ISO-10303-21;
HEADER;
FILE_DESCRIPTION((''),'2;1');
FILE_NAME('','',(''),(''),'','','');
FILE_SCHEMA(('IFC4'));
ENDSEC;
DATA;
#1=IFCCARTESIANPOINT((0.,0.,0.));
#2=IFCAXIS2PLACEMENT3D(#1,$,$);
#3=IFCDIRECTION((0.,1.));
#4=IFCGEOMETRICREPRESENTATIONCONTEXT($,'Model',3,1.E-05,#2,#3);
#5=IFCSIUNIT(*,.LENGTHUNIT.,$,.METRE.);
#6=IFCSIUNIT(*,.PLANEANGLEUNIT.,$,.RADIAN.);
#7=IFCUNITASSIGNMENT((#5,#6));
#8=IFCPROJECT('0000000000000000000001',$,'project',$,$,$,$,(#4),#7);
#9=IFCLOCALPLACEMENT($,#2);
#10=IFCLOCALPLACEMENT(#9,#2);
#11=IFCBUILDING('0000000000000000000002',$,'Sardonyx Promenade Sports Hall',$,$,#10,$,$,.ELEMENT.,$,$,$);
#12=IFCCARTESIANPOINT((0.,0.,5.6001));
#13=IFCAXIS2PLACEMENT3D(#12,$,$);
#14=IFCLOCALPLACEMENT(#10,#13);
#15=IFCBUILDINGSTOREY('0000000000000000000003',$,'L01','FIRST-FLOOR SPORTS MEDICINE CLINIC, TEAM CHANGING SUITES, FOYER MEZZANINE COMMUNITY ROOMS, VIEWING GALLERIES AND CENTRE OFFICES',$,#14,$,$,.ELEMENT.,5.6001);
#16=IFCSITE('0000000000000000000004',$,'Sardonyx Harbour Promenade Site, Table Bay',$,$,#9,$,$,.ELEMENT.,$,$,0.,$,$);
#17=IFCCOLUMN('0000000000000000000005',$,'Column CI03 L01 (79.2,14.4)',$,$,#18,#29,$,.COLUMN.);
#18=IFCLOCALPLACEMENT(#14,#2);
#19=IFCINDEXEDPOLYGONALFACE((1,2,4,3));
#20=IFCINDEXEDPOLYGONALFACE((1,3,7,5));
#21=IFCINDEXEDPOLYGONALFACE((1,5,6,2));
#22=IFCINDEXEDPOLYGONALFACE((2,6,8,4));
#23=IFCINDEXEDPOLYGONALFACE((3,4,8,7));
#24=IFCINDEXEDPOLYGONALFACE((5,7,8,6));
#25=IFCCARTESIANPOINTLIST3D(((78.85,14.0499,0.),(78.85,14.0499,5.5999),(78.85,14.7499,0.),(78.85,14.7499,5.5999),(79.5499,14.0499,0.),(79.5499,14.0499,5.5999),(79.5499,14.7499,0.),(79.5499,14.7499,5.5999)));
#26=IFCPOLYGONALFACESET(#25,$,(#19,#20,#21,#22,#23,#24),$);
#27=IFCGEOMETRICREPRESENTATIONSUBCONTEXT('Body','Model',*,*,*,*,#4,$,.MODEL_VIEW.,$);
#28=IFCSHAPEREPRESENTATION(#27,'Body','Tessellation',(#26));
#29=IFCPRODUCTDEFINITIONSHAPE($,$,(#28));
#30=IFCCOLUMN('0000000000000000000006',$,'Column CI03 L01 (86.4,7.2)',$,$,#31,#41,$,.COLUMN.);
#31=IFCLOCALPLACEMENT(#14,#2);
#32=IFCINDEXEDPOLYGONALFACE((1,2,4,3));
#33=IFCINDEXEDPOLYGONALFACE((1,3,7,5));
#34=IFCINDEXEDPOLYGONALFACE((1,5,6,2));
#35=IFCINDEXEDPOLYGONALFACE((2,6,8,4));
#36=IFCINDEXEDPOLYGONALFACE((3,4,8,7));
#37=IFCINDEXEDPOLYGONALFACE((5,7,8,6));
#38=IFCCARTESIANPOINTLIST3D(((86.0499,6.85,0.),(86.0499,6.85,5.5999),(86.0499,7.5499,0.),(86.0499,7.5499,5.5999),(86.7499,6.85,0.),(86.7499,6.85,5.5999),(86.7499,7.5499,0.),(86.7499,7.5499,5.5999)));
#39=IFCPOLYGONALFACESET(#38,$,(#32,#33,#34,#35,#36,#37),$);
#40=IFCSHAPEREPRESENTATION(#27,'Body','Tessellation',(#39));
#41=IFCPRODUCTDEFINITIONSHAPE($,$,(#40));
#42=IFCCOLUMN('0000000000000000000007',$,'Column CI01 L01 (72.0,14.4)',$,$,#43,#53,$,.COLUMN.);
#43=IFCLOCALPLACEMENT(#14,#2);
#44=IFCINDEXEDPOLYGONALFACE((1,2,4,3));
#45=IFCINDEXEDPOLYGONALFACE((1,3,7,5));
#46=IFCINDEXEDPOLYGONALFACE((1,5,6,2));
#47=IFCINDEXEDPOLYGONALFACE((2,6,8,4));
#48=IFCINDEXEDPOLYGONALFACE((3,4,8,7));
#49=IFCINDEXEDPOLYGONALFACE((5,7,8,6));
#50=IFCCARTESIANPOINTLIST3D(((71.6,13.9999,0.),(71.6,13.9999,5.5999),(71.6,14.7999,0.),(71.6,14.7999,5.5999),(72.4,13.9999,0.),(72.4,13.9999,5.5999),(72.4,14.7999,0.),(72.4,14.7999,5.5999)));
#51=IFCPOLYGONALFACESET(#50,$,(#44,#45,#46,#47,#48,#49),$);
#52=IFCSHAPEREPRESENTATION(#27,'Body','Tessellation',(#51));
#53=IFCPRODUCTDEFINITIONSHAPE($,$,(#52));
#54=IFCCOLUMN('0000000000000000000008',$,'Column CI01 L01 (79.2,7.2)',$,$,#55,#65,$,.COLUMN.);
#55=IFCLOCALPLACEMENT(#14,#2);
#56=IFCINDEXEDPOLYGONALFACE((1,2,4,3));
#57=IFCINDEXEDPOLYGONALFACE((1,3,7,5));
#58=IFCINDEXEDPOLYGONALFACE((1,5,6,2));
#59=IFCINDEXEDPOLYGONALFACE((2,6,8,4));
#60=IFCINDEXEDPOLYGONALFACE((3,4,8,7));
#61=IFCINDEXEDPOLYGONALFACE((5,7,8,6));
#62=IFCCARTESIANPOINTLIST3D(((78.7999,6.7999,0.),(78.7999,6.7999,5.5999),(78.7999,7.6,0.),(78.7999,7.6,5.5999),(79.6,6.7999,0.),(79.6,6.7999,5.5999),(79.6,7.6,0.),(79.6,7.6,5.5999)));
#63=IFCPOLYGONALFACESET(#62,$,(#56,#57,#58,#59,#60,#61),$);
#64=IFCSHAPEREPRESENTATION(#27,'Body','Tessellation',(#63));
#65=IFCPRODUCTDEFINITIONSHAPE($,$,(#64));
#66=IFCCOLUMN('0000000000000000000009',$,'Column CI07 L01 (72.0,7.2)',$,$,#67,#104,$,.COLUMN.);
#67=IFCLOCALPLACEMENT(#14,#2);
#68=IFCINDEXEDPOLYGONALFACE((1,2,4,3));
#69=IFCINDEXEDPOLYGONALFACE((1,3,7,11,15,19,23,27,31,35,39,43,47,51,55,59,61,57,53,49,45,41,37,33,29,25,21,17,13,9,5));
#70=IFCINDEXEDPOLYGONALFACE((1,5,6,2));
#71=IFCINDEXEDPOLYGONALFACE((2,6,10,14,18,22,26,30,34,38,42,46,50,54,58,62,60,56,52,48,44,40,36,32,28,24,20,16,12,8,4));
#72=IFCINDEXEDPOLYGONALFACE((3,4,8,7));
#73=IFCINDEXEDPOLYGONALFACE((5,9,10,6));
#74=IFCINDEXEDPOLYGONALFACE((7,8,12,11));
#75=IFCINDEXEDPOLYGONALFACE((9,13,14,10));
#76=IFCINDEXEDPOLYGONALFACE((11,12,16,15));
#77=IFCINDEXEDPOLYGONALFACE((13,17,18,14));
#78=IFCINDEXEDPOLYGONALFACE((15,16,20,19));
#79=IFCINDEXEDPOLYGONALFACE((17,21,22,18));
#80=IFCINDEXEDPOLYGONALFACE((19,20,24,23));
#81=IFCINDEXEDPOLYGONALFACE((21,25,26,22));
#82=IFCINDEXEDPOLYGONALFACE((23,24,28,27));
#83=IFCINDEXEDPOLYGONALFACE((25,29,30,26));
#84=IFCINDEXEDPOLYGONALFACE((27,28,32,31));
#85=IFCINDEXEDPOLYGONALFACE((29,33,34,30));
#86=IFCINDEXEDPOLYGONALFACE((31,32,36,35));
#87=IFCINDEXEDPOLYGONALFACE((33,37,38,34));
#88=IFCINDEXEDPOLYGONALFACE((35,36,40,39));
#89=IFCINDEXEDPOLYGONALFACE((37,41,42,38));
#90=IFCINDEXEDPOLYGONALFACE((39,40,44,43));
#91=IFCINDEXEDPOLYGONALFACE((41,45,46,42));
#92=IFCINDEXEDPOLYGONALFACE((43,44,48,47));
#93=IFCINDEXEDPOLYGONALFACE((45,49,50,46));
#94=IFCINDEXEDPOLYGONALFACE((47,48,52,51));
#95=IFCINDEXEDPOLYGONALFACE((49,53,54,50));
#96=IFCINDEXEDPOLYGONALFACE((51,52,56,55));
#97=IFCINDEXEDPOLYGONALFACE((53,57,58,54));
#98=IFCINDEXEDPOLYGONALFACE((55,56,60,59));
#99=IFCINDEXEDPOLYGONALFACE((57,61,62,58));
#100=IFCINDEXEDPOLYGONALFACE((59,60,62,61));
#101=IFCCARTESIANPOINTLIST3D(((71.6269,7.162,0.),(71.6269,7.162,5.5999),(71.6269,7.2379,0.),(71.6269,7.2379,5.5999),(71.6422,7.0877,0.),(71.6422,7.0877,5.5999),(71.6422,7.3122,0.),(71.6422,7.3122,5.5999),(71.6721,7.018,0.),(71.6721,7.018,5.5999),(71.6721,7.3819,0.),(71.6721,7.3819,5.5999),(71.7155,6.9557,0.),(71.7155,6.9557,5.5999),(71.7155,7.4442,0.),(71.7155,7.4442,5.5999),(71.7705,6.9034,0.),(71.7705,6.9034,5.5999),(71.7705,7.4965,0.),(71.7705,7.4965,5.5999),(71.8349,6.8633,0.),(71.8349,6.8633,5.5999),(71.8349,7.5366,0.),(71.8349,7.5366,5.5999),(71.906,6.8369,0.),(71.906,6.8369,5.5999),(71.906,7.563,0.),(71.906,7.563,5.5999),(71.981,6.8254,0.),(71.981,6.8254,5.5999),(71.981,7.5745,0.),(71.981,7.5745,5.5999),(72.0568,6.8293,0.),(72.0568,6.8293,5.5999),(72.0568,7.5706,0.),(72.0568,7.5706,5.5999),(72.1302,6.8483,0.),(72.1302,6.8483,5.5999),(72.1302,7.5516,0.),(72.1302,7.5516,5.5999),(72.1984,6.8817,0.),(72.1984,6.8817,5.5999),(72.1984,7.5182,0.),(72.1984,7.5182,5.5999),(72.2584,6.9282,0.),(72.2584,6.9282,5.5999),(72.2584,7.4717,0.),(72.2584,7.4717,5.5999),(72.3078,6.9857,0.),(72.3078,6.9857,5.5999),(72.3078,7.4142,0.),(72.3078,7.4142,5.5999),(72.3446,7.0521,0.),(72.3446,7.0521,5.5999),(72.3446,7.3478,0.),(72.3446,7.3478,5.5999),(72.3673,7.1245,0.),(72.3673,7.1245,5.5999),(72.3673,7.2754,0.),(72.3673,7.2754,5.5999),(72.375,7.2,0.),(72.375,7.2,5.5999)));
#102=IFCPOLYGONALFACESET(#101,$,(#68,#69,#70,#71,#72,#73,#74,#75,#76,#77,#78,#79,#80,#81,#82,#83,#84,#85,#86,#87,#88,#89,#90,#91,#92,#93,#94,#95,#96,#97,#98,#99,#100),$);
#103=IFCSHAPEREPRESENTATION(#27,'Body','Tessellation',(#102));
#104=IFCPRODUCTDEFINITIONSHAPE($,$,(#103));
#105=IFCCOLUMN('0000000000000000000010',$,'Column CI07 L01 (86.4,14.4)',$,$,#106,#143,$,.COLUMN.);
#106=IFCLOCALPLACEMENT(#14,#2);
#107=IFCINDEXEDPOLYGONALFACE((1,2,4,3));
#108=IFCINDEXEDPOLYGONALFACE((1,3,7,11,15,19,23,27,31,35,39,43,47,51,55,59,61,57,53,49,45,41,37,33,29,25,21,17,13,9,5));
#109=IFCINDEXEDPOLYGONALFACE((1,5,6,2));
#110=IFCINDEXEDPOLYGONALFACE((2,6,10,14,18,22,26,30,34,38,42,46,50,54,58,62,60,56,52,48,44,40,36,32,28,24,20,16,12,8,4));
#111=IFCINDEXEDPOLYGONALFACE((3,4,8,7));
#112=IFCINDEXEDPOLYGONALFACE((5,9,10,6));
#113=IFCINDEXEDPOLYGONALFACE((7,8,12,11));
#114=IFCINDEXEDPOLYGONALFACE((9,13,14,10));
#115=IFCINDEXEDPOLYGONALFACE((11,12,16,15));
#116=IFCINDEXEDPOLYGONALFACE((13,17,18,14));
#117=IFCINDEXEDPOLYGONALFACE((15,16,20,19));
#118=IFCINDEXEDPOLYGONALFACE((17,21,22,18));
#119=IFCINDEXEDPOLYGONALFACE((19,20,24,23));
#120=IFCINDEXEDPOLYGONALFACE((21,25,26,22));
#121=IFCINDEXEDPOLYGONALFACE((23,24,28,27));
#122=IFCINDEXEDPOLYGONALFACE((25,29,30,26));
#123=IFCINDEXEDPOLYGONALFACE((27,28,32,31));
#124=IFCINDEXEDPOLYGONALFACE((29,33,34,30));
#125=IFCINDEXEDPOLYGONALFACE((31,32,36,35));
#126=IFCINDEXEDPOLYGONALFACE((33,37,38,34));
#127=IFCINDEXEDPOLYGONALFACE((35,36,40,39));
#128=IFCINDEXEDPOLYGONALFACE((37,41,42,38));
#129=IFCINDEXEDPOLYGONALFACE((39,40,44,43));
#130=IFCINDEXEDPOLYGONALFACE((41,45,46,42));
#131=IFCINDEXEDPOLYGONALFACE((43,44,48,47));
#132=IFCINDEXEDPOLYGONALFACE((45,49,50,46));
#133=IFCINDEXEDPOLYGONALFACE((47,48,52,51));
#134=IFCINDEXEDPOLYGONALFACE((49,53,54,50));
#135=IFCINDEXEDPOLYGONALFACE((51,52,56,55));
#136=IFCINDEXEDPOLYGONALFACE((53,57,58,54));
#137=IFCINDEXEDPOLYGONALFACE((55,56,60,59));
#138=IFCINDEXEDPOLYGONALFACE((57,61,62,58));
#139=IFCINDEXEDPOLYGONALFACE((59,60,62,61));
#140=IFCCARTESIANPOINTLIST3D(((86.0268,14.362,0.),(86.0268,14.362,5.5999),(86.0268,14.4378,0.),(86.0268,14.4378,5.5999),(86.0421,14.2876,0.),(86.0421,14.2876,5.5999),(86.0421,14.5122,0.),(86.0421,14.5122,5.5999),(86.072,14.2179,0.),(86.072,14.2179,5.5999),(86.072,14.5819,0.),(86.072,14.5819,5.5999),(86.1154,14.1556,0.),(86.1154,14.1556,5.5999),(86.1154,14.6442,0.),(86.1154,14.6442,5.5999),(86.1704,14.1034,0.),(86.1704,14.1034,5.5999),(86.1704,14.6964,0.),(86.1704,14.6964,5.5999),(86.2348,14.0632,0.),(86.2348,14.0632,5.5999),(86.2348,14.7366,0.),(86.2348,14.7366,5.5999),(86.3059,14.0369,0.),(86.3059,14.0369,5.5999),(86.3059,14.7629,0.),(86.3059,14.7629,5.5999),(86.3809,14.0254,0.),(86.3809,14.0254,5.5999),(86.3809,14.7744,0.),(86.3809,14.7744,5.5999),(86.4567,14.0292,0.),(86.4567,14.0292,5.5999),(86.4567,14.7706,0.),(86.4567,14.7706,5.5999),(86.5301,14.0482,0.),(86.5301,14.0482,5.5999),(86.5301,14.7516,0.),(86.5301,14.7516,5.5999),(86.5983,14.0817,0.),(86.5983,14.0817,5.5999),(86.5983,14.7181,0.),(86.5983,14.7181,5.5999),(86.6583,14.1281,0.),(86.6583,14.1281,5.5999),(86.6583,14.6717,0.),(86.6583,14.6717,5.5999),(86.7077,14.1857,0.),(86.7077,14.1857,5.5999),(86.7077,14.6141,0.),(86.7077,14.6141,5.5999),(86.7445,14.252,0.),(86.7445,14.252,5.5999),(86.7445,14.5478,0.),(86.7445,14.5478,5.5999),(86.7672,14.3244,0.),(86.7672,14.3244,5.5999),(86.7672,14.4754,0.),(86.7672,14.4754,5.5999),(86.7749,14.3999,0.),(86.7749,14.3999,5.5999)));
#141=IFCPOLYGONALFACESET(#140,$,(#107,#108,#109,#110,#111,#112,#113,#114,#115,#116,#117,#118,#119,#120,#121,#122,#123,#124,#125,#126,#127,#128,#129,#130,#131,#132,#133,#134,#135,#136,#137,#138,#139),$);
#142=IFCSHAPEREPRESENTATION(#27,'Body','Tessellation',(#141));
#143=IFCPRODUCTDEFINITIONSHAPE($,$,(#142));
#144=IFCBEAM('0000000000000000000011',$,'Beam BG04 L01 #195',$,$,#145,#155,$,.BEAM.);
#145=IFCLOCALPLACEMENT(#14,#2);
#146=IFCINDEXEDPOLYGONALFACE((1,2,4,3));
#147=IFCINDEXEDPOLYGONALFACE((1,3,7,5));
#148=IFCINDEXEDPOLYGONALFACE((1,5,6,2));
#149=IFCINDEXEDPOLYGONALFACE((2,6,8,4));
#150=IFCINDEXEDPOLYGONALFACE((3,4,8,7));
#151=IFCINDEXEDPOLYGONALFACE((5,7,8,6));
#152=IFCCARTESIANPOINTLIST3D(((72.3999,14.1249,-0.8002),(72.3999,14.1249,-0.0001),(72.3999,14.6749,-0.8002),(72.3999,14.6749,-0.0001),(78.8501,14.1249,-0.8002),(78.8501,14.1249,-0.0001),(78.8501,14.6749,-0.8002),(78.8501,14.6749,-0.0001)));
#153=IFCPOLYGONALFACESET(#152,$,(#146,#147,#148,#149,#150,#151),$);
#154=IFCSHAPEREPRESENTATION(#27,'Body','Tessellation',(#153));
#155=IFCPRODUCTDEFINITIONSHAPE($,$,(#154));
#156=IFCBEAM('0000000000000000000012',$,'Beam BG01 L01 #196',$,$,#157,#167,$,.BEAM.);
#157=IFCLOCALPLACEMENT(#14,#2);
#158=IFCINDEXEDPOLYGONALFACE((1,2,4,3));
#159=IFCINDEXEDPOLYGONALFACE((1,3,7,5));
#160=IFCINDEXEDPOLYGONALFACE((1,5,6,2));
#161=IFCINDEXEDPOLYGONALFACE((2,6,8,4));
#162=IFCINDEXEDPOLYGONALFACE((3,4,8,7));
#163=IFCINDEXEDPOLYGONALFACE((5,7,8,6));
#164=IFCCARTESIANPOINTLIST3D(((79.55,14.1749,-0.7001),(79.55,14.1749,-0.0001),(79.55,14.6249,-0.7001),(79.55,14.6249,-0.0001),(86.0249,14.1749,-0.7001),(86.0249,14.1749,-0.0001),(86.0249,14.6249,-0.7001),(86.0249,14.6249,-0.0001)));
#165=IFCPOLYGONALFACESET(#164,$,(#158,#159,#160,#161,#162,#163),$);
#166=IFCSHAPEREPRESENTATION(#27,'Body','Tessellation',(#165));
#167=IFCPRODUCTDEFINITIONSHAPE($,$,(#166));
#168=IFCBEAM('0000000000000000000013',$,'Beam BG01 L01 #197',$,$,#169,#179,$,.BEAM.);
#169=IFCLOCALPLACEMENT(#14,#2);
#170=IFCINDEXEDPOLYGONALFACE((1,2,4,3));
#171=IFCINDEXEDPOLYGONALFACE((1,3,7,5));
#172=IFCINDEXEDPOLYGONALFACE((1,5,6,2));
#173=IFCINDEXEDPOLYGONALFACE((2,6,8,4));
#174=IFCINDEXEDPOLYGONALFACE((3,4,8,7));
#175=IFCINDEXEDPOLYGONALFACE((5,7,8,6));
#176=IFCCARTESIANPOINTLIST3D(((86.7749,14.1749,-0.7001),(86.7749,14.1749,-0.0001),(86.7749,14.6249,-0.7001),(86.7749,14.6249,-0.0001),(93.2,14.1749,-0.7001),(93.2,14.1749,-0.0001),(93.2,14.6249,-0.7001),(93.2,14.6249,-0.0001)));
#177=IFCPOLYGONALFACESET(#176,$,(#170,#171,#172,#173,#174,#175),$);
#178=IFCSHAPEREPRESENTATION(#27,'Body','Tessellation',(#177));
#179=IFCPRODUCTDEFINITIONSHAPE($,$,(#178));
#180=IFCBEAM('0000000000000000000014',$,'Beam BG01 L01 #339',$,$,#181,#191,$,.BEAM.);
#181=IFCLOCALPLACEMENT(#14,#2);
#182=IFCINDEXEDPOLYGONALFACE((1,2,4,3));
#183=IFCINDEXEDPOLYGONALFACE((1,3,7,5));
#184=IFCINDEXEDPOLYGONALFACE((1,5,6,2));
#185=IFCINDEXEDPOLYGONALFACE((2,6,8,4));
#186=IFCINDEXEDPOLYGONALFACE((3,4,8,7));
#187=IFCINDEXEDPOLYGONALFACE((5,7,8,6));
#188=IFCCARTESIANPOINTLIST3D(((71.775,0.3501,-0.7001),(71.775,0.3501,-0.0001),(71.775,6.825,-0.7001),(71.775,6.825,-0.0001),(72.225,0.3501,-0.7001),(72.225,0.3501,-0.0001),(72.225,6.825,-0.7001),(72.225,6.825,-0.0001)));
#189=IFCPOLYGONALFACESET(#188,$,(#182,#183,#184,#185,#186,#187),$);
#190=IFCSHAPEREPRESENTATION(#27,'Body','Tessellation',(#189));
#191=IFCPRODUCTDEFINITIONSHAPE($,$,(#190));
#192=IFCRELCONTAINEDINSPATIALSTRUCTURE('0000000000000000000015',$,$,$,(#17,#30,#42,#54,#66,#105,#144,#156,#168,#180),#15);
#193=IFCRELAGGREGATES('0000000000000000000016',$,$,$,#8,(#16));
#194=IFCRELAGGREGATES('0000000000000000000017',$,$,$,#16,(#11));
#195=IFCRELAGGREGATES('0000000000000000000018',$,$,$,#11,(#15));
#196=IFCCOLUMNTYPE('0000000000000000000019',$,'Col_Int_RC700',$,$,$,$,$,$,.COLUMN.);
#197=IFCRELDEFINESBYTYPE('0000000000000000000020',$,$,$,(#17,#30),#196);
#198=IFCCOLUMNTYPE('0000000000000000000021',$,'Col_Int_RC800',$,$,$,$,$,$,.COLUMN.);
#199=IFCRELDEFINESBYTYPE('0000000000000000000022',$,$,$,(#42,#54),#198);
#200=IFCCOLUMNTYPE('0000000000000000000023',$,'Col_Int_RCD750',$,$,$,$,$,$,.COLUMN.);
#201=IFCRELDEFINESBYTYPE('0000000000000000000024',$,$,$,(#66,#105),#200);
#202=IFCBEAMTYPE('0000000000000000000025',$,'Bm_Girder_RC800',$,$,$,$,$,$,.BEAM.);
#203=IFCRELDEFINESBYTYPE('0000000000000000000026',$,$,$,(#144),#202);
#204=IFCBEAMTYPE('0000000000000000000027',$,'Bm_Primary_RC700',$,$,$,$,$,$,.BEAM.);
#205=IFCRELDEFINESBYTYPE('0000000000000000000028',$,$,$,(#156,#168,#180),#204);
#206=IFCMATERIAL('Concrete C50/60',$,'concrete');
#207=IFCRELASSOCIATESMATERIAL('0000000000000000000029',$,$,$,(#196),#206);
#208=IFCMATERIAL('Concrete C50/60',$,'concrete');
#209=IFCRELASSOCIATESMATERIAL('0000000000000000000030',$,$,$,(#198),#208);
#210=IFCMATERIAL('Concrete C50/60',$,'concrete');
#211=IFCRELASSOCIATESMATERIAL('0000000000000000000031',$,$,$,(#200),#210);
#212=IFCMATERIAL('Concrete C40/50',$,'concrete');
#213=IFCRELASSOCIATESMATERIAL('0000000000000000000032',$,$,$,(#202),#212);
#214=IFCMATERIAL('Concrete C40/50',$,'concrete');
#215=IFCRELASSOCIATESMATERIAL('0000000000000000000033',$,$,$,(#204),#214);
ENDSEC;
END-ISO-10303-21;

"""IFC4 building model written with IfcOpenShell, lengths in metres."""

from ifc_helpers import new_model, si_unit, direction, frame, origin, origin_2d, place, context, subcontext, project, spatial, rectangle, circle, extrude, material, material_profile, profile_set, type_object, element, save


model = new_model("IFC4")

# Units and contexts
model_context = context("Model", 3, precision=1e-05, world=origin(), true_north=direction((0.0, 1.0)))
body_context = subcontext(model_context, "Body", "Model", "MODEL_VIEW")
ifc_project = project(units=[si_unit("LENGTHUNIT", "METRE"), si_unit("PLANEANGLEUNIT", "RADIAN")], contexts=[model_context])

# Site, building, storey
site_placement = place(None, origin())
site = spatial("IfcSite", under=ifc_project, at=site_placement, Name="Sardonyx Harbour Promenade Site, Table Bay", CompositionType="ELEMENT", RefElevation=0.0)
building_placement = place(site_placement, origin())
building = spatial("IfcBuilding", under=site, at=building_placement, Name="Sardonyx Promenade Sports Hall", CompositionType="ELEMENT")
storey_placement = place(building_placement, frame((0.0, 0.0, 5.6001)))
storey = spatial("IfcBuildingStorey", under=building, at=storey_placement, Name="L01", Description="FIRST-FLOOR SPORTS MEDICINE CLINIC, TEAM CHANGING SUITES, FOYER MEZZANINE COMMUNITY ROOMS, VIEWING GALLERIES AND CENTRE OFFICES", CompositionType="ELEMENT", Elevation=5.6001)

# Columns
ifc_material_1 = material(Name="Concrete C50/60", Category="concrete")
ifc_material_profile_1 = material_profile(ifc_material_1, rectangle(XDim=0.7, YDim=0.7, at=origin_2d()))
ifc_profile_set_1 = profile_set([ifc_material_profile_1], Name="Concrete C50/60")
column_type_1 = type_object("IfcColumnType", Name="Col_Int_RC700", PredefinedType="COLUMN", material=ifc_profile_set_1)
for number, where, z_axis, x_axis, name in (
    (1, (79.2, 14.3999, 0.0), (0.0, 0.0, 1.0), (1.0, 0.0, 0.0), "Column CI03 L01 (79.2,14.4)"),
    (2, (86.3999, 7.2, 0.0), (0.0, 0.0, 1.0), (1.0, 0.0, 0.0), "Column CI03 L01 (86.4,7.2)"),
):
    element("IfcColumn", number, at=place(storey_placement, frame(where, z_axis=z_axis, x_axis=x_axis)), inside=storey, type_object=column_type_1, Name=name, PredefinedType="COLUMN", context=body_context, shape_type="SweptSolid", body=[
        extrude(rectangle(XDim=0.7, YDim=0.7, at=origin_2d()), origin(), (0.0, 0.0, 1.0), 5.5999),
    ])
ifc_material_2 = material(Name="Concrete C50/60", Category="concrete")
ifc_material_profile_2 = material_profile(ifc_material_2, rectangle(XDim=0.8, YDim=0.8, at=origin_2d()))
ifc_profile_set_2 = profile_set([ifc_material_profile_2], Name="Concrete C50/60")
column_type_2 = type_object("IfcColumnType", Name="Col_Int_RC800", PredefinedType="COLUMN", material=ifc_profile_set_2)
for number, where, z_axis, x_axis, name in (
    (3, (72.0, 14.3999, 0.0), (0.0, 0.0, 1.0), (1.0, 0.0, 0.0), "Column CI01 L01 (72.0,14.4)"),
    (4, (79.2, 7.2, 0.0), (0.0, 0.0, 1.0), (1.0, 0.0, 0.0), "Column CI01 L01 (79.2,7.2)"),
):
    element("IfcColumn", number, at=place(storey_placement, frame(where, z_axis=z_axis, x_axis=x_axis)), inside=storey, type_object=column_type_2, Name=name, PredefinedType="COLUMN", context=body_context, shape_type="SweptSolid", body=[
        extrude(rectangle(XDim=0.8, YDim=0.8, at=origin_2d()), origin(), (0.0, 0.0, 1.0), 5.5999),
    ])
ifc_material_3 = material(Name="Concrete C50/60", Category="concrete")
ifc_material_profile_3 = material_profile(ifc_material_3, circle(Radius=0.375, at=origin_2d()))
ifc_profile_set_3 = profile_set([ifc_material_profile_3], Name="Concrete C50/60")
column_type_3 = type_object("IfcColumnType", Name="Col_Int_RCD750", PredefinedType="COLUMN", material=ifc_profile_set_3)
for number, where, z_axis, x_axis, name in (
    (5, (72.0, 7.2, 0.0), (0.0, 0.0, 1.0), (1.0, 0.0, 0.0), "Column CI07 L01 (72.0,7.2)"),
    (6, (86.3999, 14.3999, 0.0), (0.0, 0.0, 1.0), (1.0, 0.0, 0.0), "Column CI07 L01 (86.4,14.4)"),
):
    element("IfcColumn", number, at=place(storey_placement, frame(where, z_axis=z_axis, x_axis=x_axis)), inside=storey, type_object=column_type_3, Name=name, PredefinedType="COLUMN", context=body_context, shape_type="SweptSolid", body=[
        extrude(circle(Radius=0.375, at=origin_2d()), origin(), (0.0, 0.0, 1.0), 5.5999),
    ])

# Beams
ifc_material_4 = material(Name="Concrete C40/50", Category="concrete")
ifc_material_profile_4 = material_profile(ifc_material_4, rectangle(XDim=0.55, YDim=0.8, at=origin_2d()))
ifc_profile_set_4 = profile_set([ifc_material_profile_4], Name="Concrete C40/50")
beam_type_1 = type_object("IfcBeamType", Name="Bm_Girder_RC800", PredefinedType="BEAM", material=ifc_profile_set_4)
beam_1_placement = place(storey_placement, frame((72.3999, 14.3999, -0.4001), z_axis=(1.0, 0.0, 0.0), x_axis=(0.0, 1.0, 0.0)))
element("IfcBeam", 7, at=beam_1_placement, inside=storey, type_object=beam_type_1, Name="Beam BG04 L01 #195", PredefinedType="BEAM", context=body_context, shape_type="SweptSolid", body=[
    extrude(rectangle(XDim=0.55, YDim=0.8, at=origin_2d()), origin(), (0.0, 0.0, 1.0), 6.4502),
])
ifc_material_5 = material(Name="Concrete C40/50", Category="concrete")
ifc_material_profile_5 = material_profile(ifc_material_5, rectangle(XDim=0.45, YDim=0.7, at=origin_2d()))
ifc_profile_set_5 = profile_set([ifc_material_profile_5], Name="Concrete C40/50")
beam_type_2 = type_object("IfcBeamType", Name="Bm_Primary_RC700", PredefinedType="BEAM", material=ifc_profile_set_5)
beam_2_placement = place(storey_placement, frame((79.55, 14.3999, -0.3501), z_axis=(1.0, 0.0, 0.0), x_axis=(0.0, 1.0, 0.0)))
element("IfcBeam", 8, at=beam_2_placement, inside=storey, type_object=beam_type_2, Name="Beam BG01 L01 #196", PredefinedType="BEAM", context=body_context, shape_type="SweptSolid", body=[
    extrude(rectangle(XDim=0.45, YDim=0.7, at=origin_2d()), origin(), (0.0, 0.0, 1.0), 6.4749),
])
beam_3_placement = place(storey_placement, frame((86.7749, 14.3999, -0.3501), z_axis=(1.0, 0.0, 0.0), x_axis=(0.0, 1.0, 0.0)))
element("IfcBeam", 9, at=beam_3_placement, inside=storey, type_object=beam_type_2, Name="Beam BG01 L01 #197", PredefinedType="BEAM", context=body_context, shape_type="SweptSolid", body=[
    extrude(rectangle(XDim=0.45, YDim=0.7, at=origin_2d()), origin(), (0.0, 0.0, 1.0), 6.425),
])
beam_4_placement = place(storey_placement, frame((72.0, 0.3501, -0.3501), z_axis=(0.0, 1.0, 0.0), x_axis=(-1.0, 0.0, 0.0)))
element("IfcBeam", 10, at=beam_4_placement, inside=storey, type_object=beam_type_2, Name="Beam BG01 L01 #339", PredefinedType="BEAM", context=body_context, shape_type="SweptSolid", body=[
    extrude(rectangle(XDim=0.45, YDim=0.7, at=origin_2d()), origin(), (0.0, 0.0, 1.0), 6.4749),
])

save(model, "model.ifc")
